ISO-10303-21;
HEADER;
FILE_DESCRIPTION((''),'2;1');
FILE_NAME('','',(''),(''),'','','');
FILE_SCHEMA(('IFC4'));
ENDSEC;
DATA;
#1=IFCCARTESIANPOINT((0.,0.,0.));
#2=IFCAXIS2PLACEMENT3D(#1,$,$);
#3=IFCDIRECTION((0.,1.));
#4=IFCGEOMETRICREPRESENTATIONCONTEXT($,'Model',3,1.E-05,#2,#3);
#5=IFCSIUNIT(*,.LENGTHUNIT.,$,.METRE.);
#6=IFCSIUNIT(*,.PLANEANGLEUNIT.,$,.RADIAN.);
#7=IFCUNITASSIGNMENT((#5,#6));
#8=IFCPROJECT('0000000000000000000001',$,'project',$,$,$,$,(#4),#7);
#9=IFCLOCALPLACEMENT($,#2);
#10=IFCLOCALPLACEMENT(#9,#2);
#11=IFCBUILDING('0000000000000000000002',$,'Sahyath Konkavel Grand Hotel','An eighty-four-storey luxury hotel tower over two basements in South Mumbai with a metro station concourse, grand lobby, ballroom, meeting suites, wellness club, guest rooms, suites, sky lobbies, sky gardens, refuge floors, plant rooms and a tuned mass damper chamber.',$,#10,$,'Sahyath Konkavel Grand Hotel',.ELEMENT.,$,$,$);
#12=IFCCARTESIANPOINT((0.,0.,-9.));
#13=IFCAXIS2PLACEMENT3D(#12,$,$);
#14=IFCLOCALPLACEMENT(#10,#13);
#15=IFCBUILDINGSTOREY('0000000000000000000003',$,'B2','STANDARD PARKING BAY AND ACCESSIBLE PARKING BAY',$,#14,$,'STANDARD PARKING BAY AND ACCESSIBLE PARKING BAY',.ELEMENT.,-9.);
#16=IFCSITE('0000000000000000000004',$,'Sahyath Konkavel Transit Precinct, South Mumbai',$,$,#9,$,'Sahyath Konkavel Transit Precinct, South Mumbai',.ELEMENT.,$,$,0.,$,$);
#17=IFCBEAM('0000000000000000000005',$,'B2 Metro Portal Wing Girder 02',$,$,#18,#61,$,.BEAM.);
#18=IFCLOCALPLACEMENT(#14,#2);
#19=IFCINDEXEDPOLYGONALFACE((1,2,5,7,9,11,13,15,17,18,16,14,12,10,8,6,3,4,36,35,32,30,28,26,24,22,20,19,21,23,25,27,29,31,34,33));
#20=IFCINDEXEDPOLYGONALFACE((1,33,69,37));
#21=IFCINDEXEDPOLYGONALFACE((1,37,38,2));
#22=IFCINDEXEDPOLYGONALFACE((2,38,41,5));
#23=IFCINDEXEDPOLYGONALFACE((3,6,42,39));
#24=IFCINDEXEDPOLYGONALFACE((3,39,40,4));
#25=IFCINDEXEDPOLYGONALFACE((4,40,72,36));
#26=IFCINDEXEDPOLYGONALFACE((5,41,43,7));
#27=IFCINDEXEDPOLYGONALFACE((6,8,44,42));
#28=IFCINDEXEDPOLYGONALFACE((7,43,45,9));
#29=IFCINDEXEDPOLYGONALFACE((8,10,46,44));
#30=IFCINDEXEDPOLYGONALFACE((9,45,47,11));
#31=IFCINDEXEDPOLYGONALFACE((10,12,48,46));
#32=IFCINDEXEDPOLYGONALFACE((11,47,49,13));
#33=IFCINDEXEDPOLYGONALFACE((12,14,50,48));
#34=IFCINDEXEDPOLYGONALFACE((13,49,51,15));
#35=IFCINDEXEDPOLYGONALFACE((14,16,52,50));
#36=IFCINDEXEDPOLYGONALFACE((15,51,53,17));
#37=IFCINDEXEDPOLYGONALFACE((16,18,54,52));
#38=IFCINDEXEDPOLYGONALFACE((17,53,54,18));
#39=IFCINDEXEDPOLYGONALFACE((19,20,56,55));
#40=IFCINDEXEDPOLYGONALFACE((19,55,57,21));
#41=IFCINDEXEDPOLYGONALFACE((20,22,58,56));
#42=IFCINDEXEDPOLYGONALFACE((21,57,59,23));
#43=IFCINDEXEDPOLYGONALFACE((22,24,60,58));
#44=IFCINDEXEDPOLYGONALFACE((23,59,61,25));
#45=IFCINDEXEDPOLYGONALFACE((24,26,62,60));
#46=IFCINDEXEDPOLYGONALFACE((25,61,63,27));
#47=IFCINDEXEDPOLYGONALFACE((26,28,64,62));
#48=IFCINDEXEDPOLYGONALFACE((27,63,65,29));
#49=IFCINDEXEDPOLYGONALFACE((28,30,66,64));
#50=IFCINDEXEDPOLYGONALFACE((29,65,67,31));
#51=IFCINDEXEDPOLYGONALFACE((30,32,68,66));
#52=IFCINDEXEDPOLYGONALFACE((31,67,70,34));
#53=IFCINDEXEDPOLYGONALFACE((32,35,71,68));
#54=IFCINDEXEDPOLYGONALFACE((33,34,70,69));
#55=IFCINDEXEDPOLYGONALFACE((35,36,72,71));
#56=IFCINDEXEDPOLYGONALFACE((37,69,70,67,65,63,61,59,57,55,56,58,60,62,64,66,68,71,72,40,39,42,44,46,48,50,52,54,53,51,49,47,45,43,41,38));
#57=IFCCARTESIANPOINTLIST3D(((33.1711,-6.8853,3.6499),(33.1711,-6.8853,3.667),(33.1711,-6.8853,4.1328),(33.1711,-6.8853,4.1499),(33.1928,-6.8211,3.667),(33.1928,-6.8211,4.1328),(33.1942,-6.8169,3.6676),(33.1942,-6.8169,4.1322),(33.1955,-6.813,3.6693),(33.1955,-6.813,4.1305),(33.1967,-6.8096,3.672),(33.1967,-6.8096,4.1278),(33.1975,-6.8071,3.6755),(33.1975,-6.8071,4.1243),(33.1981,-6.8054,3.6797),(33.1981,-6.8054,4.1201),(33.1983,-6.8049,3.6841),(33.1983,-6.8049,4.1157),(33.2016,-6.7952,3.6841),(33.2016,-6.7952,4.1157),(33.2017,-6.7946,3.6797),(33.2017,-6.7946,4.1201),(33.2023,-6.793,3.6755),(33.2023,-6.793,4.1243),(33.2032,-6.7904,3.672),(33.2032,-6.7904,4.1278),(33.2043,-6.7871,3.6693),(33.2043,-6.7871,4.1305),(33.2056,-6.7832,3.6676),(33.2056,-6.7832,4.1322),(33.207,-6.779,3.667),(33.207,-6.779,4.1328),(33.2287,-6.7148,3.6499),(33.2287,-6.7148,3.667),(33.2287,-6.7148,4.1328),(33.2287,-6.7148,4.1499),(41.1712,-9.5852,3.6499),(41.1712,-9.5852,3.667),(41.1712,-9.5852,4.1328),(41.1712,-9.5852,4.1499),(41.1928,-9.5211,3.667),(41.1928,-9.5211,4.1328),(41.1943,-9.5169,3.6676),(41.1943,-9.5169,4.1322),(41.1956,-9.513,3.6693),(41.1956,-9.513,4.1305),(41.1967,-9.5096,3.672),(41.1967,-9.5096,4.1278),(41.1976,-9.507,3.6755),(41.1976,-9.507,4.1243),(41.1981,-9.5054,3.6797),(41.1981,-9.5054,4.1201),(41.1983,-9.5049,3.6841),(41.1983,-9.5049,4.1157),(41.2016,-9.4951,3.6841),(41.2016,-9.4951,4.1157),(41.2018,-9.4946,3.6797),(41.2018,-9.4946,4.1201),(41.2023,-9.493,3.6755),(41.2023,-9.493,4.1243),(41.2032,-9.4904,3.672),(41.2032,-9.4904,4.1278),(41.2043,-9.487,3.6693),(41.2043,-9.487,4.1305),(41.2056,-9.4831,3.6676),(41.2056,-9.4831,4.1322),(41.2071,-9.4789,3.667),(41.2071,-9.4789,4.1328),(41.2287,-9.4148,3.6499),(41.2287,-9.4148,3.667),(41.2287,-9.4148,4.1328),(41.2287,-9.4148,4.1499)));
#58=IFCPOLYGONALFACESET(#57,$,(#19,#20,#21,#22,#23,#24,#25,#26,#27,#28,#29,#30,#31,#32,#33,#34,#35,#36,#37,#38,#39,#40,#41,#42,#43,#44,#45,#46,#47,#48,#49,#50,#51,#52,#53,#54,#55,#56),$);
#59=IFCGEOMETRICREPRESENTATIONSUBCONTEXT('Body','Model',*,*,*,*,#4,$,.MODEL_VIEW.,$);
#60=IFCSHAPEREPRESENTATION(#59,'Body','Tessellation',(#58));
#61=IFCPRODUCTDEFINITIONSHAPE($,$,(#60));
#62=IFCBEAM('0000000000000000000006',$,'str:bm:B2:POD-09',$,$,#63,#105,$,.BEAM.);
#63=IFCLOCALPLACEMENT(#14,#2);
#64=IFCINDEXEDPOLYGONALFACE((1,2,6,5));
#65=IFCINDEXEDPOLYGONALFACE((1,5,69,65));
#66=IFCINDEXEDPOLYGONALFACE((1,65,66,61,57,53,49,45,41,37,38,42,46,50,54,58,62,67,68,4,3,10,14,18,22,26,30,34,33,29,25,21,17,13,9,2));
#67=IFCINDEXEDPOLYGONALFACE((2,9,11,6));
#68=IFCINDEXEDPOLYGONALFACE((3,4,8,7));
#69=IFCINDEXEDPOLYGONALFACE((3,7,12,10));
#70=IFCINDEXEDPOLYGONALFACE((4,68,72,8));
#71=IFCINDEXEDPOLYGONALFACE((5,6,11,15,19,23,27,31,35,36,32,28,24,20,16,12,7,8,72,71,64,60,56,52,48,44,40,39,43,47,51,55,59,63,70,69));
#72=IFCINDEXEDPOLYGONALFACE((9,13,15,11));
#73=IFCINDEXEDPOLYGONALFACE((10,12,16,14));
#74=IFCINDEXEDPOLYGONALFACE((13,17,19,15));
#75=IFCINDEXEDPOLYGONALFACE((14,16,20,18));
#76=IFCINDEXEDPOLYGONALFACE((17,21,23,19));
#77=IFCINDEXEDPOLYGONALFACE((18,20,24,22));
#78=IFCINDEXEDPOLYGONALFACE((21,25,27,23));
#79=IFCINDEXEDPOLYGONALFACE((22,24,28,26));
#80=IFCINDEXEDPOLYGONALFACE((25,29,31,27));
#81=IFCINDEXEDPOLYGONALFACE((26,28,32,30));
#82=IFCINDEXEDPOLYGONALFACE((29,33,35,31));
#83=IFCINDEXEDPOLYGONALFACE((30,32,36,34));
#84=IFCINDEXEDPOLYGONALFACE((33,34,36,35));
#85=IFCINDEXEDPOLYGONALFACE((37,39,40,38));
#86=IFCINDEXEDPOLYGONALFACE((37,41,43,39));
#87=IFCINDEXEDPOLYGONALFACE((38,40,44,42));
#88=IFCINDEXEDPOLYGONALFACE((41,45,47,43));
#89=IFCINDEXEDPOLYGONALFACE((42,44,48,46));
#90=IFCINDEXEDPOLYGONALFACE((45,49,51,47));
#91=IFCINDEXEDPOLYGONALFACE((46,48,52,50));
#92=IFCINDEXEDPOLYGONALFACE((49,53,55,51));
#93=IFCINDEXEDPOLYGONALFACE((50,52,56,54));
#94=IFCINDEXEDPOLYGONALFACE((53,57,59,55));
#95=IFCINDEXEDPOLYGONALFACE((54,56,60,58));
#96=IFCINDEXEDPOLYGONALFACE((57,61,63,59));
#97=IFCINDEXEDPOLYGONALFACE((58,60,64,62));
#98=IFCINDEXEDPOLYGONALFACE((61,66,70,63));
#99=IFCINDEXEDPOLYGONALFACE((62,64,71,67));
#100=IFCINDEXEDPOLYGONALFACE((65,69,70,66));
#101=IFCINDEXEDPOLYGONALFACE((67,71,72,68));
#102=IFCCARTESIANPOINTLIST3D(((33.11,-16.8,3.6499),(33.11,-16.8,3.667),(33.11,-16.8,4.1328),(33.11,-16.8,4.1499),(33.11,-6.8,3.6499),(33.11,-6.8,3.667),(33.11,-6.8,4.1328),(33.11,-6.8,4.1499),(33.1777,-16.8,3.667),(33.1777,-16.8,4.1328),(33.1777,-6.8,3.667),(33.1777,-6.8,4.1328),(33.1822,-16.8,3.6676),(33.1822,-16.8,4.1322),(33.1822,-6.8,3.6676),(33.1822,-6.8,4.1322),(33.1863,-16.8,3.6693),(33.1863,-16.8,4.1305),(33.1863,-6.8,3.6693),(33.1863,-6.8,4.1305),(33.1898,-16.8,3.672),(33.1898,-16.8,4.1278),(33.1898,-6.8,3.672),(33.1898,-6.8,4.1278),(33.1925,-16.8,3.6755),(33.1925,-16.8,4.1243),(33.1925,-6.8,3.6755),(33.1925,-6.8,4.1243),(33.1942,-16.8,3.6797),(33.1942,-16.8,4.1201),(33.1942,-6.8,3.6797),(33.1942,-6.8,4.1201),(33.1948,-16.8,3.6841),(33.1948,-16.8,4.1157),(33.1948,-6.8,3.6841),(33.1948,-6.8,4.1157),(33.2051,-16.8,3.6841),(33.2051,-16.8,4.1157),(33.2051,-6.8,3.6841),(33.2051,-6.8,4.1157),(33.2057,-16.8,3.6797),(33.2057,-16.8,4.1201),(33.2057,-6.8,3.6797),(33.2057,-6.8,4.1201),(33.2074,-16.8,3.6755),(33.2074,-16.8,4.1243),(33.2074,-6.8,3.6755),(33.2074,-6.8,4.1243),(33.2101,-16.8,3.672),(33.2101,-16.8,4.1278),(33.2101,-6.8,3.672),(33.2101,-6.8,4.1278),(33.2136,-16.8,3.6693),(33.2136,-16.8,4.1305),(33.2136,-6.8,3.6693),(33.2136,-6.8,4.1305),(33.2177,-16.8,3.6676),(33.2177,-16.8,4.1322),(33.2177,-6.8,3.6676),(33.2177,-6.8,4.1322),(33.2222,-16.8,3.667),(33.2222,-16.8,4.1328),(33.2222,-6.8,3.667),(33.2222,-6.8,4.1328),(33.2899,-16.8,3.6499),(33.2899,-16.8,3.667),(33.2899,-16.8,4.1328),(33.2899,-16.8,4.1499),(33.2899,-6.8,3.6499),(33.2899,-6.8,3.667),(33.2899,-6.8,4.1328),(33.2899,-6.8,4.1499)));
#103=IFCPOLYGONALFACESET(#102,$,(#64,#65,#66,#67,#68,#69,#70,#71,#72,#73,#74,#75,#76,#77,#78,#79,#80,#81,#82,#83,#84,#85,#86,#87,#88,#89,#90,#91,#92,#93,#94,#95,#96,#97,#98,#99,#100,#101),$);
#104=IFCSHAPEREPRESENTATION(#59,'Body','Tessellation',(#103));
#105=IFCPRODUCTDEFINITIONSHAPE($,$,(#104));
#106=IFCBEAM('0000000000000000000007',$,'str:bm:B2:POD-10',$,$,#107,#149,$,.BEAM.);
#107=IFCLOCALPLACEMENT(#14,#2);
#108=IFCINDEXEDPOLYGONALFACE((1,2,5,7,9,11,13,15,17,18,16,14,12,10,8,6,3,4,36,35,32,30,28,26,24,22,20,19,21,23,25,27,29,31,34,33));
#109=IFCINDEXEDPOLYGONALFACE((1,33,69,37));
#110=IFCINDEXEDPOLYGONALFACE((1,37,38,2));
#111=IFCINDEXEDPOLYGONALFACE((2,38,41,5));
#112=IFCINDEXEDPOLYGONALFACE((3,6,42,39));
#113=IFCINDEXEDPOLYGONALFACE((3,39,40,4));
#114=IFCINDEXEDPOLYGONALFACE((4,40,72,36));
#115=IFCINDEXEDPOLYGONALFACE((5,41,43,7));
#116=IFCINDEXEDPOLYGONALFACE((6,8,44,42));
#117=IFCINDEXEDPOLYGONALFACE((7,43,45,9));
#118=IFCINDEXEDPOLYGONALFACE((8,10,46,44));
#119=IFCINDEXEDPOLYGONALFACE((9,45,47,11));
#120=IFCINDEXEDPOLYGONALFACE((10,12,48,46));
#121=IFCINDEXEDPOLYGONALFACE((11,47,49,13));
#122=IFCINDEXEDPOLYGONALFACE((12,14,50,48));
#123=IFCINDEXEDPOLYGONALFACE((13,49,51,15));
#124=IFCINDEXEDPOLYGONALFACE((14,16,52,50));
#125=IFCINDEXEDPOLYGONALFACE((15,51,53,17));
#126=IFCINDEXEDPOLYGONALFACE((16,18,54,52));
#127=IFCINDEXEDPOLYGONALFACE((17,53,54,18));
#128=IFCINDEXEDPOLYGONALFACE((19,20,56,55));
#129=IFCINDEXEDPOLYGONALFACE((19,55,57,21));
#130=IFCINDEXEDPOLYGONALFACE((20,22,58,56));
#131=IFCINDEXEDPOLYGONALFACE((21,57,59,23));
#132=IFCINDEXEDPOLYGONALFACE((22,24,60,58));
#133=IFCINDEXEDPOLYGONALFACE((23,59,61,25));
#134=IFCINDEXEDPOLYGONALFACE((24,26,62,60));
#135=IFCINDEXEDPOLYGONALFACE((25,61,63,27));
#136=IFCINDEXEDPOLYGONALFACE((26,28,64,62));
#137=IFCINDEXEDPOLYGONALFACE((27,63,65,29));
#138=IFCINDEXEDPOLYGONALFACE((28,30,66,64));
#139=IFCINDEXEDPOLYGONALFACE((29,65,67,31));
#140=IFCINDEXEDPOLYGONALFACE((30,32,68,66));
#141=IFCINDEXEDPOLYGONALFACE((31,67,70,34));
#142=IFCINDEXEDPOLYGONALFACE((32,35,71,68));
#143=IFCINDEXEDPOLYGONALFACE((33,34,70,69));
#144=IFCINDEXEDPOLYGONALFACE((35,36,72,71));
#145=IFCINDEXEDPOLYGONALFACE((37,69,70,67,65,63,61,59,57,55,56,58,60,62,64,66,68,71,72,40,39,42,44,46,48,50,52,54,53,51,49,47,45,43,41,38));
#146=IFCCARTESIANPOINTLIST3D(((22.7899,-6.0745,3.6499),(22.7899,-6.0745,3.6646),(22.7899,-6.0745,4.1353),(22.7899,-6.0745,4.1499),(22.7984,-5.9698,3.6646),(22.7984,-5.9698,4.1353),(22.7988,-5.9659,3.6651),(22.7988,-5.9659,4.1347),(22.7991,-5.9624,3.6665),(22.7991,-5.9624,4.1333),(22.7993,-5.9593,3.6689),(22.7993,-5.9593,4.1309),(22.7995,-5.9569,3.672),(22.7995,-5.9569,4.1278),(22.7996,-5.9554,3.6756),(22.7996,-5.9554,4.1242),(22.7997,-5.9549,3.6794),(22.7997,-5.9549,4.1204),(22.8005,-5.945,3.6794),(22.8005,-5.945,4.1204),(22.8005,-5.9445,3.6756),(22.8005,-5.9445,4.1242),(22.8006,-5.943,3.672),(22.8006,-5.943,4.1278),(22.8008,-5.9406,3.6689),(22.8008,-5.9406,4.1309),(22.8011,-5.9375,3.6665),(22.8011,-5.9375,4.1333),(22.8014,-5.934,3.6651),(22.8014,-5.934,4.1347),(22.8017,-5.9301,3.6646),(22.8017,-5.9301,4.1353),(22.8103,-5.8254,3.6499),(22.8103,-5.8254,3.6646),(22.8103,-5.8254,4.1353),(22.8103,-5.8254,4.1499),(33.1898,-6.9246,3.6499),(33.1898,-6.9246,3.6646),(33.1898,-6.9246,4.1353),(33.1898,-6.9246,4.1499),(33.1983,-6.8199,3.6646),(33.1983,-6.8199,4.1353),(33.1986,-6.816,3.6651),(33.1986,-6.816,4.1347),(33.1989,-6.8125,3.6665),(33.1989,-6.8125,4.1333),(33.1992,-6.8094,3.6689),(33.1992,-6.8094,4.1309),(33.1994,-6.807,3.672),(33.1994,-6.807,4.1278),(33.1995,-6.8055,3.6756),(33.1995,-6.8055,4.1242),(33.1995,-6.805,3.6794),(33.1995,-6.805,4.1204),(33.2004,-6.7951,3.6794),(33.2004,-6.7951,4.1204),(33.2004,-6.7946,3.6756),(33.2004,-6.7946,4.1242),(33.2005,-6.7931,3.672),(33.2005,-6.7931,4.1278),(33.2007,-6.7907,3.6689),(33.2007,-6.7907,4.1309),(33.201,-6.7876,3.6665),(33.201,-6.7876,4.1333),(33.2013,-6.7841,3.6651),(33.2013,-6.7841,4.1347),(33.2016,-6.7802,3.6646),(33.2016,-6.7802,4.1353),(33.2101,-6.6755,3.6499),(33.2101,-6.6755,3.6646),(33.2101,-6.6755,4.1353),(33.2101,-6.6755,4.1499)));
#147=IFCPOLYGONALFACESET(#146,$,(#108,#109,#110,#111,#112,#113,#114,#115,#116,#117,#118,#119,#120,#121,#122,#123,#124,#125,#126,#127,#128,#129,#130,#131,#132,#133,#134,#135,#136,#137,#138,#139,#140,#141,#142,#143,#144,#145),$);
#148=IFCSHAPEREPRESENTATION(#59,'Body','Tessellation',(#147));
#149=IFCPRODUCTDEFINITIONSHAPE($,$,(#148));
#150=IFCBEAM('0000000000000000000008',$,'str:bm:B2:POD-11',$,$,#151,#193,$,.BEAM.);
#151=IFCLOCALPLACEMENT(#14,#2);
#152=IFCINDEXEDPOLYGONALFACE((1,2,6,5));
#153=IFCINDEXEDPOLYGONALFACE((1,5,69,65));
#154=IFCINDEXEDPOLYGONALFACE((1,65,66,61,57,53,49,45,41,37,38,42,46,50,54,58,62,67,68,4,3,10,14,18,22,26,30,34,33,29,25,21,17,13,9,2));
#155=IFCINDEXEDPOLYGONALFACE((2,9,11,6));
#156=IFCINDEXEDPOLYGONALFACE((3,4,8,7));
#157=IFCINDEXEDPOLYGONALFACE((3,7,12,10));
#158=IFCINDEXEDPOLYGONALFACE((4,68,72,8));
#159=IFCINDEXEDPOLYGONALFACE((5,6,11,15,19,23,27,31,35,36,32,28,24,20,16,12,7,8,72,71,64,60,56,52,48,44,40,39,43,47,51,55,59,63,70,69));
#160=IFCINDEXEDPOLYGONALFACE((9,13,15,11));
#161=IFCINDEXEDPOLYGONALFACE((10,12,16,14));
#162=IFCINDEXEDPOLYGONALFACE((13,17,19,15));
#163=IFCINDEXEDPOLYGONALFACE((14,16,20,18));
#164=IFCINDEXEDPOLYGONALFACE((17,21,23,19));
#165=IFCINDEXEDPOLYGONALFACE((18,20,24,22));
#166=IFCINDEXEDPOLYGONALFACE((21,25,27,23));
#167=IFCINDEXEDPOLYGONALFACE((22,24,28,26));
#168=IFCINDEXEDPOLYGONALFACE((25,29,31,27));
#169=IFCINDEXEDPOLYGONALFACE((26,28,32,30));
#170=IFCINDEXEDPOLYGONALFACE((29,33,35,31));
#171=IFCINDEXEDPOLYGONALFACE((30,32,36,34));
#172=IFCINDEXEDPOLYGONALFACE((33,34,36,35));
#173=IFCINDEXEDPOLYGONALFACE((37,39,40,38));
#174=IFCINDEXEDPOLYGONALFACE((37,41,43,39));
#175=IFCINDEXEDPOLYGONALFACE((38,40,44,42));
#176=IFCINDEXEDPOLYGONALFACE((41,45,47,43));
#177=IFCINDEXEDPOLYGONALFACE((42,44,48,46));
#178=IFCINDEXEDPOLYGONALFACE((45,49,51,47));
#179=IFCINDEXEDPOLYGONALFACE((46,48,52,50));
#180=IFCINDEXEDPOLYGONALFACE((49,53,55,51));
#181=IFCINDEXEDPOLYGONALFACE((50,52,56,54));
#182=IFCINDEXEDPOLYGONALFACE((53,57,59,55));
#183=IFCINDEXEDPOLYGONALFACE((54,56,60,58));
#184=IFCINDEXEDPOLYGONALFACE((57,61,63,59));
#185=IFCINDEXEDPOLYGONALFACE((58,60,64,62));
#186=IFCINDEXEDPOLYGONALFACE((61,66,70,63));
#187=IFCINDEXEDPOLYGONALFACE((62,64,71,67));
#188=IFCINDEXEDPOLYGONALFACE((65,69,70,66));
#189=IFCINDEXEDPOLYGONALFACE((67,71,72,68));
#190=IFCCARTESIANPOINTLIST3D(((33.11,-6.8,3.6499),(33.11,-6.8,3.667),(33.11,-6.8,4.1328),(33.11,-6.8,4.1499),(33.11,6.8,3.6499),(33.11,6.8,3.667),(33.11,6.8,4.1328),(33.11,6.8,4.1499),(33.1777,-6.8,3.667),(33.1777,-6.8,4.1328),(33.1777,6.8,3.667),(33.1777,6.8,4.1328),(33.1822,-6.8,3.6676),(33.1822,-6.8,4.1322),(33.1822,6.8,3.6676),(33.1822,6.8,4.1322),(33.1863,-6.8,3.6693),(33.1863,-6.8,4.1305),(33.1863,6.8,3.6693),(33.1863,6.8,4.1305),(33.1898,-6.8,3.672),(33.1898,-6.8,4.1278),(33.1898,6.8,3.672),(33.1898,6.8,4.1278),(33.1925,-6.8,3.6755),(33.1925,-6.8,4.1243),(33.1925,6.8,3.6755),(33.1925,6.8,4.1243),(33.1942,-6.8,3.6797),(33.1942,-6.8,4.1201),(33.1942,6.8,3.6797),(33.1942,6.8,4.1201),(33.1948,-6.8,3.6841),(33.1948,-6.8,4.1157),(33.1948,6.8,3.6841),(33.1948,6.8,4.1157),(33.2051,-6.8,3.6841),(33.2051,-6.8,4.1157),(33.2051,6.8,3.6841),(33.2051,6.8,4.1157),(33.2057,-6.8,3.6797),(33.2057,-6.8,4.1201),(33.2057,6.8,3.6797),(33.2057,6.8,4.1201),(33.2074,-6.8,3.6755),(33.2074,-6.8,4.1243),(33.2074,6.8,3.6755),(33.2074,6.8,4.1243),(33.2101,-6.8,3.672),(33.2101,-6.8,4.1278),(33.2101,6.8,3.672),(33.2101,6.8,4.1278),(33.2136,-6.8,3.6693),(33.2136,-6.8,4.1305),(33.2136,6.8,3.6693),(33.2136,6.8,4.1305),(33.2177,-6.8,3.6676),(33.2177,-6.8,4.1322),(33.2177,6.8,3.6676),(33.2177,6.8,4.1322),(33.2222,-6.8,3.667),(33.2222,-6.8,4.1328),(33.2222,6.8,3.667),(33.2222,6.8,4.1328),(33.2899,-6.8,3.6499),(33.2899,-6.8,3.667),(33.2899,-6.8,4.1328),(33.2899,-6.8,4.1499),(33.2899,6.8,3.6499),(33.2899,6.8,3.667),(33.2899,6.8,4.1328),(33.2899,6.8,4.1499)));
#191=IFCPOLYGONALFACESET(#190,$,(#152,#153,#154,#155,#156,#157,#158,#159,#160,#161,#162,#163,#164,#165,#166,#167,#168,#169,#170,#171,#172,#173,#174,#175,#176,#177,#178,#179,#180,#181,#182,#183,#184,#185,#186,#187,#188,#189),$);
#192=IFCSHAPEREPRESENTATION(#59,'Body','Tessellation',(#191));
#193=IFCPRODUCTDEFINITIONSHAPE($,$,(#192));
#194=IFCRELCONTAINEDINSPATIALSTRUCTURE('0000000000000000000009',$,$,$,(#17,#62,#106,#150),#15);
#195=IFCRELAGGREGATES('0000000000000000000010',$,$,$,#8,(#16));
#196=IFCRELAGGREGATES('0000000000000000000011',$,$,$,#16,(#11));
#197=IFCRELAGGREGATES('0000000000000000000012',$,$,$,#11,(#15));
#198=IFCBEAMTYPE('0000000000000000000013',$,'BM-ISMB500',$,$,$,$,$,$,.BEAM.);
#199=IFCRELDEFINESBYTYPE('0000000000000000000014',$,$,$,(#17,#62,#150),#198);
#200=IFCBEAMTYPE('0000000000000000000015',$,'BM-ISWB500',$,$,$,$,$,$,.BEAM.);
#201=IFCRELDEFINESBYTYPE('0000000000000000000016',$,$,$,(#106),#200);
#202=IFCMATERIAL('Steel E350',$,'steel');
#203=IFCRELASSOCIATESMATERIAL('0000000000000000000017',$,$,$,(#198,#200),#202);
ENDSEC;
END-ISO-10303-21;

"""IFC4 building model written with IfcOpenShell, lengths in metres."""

from ifc_helpers import new_model, si_unit, direction, frame, origin, origin_2d, place, context, subcontext, project, spatial, i_section, extrude, source, transform, mapped, material, material_profile, profile_set, type_object, element, save


model = new_model("IFC4")

# Units and contexts
model_context = context("Model", 3, precision=1e-05, world=origin(), true_north=direction((0.0, 1.0)))
body_context = subcontext(model_context, "Body", "Model", "MODEL_VIEW")
ifc_project = project(units=[si_unit("LENGTHUNIT", "METRE"), si_unit("PLANEANGLEUNIT", "RADIAN")], contexts=[model_context])

# Site, building, storey
site_placement = place(None, origin())
site = spatial("IfcSite", under=ifc_project, at=site_placement, Name="Sahyath Konkavel Transit Precinct, South Mumbai", LongName="Sahyath Konkavel Transit Precinct, South Mumbai", CompositionType="ELEMENT", RefElevation=0.0)
building_placement = place(site_placement, origin())
building = spatial("IfcBuilding", under=site, at=building_placement, Name="Sahyath Konkavel Grand Hotel", Description="An eighty-four-storey luxury hotel tower over two basements in South Mumbai with a metro station concourse, grand lobby, ballroom, meeting suites, wellness club, guest rooms, suites, sky lobbies, sky gardens, refuge floors, plant rooms and a tuned mass damper chamber.", LongName="Sahyath Konkavel Grand Hotel", CompositionType="ELEMENT")
storey_placement = place(building_placement, frame((0.0, 0.0, -9.0)))
storey = spatial("IfcBuildingStorey", under=building, at=storey_placement, Name="B2", Description="STANDARD PARKING BAY AND ACCESSIBLE PARKING BAY", LongName="STANDARD PARKING BAY AND ACCESSIBLE PARKING BAY", CompositionType="ELEMENT", Elevation=-9.0)

# Beams
ifc_material_1 = material(Name="Steel E350", Category="steel")
ifc_material_profile_1 = material_profile(ifc_material_1, i_section(OverallWidth=0.1799, OverallDepth=0.5, WebThickness=0.0103, FlangeThickness=0.0171, FilletRadius=0.0171, at=origin_2d()), Name="ISMB 500")
ifc_profile_set_1 = profile_set([ifc_material_profile_1], Name="Steel E350")
beam_type_1 = type_object("IfcBeamType", Name="BM-ISMB500", PredefinedType="BEAM", material=ifc_profile_set_1)
shared_shape_1 = source(origin(), body_context, "Body", "SweptSolid", [
    extrude(i_section(OverallWidth=0.1799, OverallDepth=0.5, WebThickness=0.0103, FlangeThickness=0.0171, FilletRadius=0.0171, at=origin_2d()), origin(), (0.0, 0.0, 1.0), 8.4434),
])
beam_1_placement = place(storey_placement, frame((41.2, -9.5, 3.8999), z_axis=(-0.947494, 0.319773, 0.0), x_axis=(-0.319773, -0.947494, 0.0)))
element("IfcBeam", 1, at=beam_1_placement, inside=storey, type_object=beam_type_1, Name="B2 Metro Portal Wing Girder 02", PredefinedType="BEAM", context=body_context, shape_type="MappedRepresentation", body=[
    mapped(shared_shape_1, transform((0.0, 0.0, 0.0), scale=1.0)),
])
shared_shape_2 = source(origin(), body_context, "Body", "SweptSolid", [
    extrude(i_section(OverallWidth=0.1799, OverallDepth=0.5, WebThickness=0.0103, FlangeThickness=0.0171, FilletRadius=0.0171, at=origin_2d()), origin(), (0.0, 0.0, 1.0), 10.0),
])
beam_2_placement = place(storey_placement, frame((33.2, -16.8, 3.8999), z_axis=(0.0, 1.0, 0.0), x_axis=(-1.0, 0.0, 0.0)))
element("IfcBeam", 2, at=beam_2_placement, inside=storey, type_object=beam_type_1, Name="str:bm:B2:POD-09", PredefinedType="BEAM", context=body_context, shape_type="MappedRepresentation", body=[
    mapped(shared_shape_2, transform((0.0, 0.0, 0.0), scale=1.0)),
])
ifc_material_profile_2 = material_profile(ifc_material_1, i_section(OverallWidth=0.25, OverallDepth=0.5, WebThickness=0.01, FlangeThickness=0.0146, FilletRadius=0.0149, at=origin_2d()), Name="ISWB 500")
ifc_profile_set_2 = profile_set([ifc_material_profile_2], Name="Steel E350")
beam_type_2 = type_object("IfcBeamType", Name="BM-ISWB500", PredefinedType="BEAM", material=ifc_profile_set_2)
shared_shape_3 = source(origin(), body_context, "Body", "SweptSolid", [
    extrude(i_section(OverallWidth=0.25, OverallDepth=0.5, WebThickness=0.01, FlangeThickness=0.0146, FilletRadius=0.0149, at=origin_2d()), origin(), (0.0, 0.0, 1.0), 10.4346),
])
beam_3_placement = place(storey_placement, frame((33.2, -6.8, 3.8999), z_axis=(-0.996676, 0.081469, 0.0), x_axis=(-0.081469, -0.996676, 0.0)))
element("IfcBeam", 3, at=beam_3_placement, inside=storey, type_object=beam_type_2, Name="str:bm:B2:POD-10", PredefinedType="BEAM", context=body_context, shape_type="MappedRepresentation", body=[
    mapped(shared_shape_3, transform((0.0, 0.0, 0.0), scale=1.0)),
])
shared_shape_4 = source(origin(), body_context, "Body", "SweptSolid", [
    extrude(i_section(OverallWidth=0.1799, OverallDepth=0.5, WebThickness=0.0103, FlangeThickness=0.0171, FilletRadius=0.0171, at=origin_2d()), origin(), (0.0, 0.0, 1.0), 13.6001),
])
beam_4_placement = place(storey_placement, frame((33.2, -6.8, 3.8999), z_axis=(0.0, 1.0, 0.0), x_axis=(-1.0, 0.0, 0.0)))
element("IfcBeam", 4, at=beam_4_placement, inside=storey, type_object=beam_type_1, Name="str:bm:B2:POD-11", PredefinedType="BEAM", context=body_context, shape_type="MappedRepresentation", body=[
    mapped(shared_shape_4, transform((0.0, 0.0, 0.0), scale=1.0)),
])

save(model, "model.ifc")
